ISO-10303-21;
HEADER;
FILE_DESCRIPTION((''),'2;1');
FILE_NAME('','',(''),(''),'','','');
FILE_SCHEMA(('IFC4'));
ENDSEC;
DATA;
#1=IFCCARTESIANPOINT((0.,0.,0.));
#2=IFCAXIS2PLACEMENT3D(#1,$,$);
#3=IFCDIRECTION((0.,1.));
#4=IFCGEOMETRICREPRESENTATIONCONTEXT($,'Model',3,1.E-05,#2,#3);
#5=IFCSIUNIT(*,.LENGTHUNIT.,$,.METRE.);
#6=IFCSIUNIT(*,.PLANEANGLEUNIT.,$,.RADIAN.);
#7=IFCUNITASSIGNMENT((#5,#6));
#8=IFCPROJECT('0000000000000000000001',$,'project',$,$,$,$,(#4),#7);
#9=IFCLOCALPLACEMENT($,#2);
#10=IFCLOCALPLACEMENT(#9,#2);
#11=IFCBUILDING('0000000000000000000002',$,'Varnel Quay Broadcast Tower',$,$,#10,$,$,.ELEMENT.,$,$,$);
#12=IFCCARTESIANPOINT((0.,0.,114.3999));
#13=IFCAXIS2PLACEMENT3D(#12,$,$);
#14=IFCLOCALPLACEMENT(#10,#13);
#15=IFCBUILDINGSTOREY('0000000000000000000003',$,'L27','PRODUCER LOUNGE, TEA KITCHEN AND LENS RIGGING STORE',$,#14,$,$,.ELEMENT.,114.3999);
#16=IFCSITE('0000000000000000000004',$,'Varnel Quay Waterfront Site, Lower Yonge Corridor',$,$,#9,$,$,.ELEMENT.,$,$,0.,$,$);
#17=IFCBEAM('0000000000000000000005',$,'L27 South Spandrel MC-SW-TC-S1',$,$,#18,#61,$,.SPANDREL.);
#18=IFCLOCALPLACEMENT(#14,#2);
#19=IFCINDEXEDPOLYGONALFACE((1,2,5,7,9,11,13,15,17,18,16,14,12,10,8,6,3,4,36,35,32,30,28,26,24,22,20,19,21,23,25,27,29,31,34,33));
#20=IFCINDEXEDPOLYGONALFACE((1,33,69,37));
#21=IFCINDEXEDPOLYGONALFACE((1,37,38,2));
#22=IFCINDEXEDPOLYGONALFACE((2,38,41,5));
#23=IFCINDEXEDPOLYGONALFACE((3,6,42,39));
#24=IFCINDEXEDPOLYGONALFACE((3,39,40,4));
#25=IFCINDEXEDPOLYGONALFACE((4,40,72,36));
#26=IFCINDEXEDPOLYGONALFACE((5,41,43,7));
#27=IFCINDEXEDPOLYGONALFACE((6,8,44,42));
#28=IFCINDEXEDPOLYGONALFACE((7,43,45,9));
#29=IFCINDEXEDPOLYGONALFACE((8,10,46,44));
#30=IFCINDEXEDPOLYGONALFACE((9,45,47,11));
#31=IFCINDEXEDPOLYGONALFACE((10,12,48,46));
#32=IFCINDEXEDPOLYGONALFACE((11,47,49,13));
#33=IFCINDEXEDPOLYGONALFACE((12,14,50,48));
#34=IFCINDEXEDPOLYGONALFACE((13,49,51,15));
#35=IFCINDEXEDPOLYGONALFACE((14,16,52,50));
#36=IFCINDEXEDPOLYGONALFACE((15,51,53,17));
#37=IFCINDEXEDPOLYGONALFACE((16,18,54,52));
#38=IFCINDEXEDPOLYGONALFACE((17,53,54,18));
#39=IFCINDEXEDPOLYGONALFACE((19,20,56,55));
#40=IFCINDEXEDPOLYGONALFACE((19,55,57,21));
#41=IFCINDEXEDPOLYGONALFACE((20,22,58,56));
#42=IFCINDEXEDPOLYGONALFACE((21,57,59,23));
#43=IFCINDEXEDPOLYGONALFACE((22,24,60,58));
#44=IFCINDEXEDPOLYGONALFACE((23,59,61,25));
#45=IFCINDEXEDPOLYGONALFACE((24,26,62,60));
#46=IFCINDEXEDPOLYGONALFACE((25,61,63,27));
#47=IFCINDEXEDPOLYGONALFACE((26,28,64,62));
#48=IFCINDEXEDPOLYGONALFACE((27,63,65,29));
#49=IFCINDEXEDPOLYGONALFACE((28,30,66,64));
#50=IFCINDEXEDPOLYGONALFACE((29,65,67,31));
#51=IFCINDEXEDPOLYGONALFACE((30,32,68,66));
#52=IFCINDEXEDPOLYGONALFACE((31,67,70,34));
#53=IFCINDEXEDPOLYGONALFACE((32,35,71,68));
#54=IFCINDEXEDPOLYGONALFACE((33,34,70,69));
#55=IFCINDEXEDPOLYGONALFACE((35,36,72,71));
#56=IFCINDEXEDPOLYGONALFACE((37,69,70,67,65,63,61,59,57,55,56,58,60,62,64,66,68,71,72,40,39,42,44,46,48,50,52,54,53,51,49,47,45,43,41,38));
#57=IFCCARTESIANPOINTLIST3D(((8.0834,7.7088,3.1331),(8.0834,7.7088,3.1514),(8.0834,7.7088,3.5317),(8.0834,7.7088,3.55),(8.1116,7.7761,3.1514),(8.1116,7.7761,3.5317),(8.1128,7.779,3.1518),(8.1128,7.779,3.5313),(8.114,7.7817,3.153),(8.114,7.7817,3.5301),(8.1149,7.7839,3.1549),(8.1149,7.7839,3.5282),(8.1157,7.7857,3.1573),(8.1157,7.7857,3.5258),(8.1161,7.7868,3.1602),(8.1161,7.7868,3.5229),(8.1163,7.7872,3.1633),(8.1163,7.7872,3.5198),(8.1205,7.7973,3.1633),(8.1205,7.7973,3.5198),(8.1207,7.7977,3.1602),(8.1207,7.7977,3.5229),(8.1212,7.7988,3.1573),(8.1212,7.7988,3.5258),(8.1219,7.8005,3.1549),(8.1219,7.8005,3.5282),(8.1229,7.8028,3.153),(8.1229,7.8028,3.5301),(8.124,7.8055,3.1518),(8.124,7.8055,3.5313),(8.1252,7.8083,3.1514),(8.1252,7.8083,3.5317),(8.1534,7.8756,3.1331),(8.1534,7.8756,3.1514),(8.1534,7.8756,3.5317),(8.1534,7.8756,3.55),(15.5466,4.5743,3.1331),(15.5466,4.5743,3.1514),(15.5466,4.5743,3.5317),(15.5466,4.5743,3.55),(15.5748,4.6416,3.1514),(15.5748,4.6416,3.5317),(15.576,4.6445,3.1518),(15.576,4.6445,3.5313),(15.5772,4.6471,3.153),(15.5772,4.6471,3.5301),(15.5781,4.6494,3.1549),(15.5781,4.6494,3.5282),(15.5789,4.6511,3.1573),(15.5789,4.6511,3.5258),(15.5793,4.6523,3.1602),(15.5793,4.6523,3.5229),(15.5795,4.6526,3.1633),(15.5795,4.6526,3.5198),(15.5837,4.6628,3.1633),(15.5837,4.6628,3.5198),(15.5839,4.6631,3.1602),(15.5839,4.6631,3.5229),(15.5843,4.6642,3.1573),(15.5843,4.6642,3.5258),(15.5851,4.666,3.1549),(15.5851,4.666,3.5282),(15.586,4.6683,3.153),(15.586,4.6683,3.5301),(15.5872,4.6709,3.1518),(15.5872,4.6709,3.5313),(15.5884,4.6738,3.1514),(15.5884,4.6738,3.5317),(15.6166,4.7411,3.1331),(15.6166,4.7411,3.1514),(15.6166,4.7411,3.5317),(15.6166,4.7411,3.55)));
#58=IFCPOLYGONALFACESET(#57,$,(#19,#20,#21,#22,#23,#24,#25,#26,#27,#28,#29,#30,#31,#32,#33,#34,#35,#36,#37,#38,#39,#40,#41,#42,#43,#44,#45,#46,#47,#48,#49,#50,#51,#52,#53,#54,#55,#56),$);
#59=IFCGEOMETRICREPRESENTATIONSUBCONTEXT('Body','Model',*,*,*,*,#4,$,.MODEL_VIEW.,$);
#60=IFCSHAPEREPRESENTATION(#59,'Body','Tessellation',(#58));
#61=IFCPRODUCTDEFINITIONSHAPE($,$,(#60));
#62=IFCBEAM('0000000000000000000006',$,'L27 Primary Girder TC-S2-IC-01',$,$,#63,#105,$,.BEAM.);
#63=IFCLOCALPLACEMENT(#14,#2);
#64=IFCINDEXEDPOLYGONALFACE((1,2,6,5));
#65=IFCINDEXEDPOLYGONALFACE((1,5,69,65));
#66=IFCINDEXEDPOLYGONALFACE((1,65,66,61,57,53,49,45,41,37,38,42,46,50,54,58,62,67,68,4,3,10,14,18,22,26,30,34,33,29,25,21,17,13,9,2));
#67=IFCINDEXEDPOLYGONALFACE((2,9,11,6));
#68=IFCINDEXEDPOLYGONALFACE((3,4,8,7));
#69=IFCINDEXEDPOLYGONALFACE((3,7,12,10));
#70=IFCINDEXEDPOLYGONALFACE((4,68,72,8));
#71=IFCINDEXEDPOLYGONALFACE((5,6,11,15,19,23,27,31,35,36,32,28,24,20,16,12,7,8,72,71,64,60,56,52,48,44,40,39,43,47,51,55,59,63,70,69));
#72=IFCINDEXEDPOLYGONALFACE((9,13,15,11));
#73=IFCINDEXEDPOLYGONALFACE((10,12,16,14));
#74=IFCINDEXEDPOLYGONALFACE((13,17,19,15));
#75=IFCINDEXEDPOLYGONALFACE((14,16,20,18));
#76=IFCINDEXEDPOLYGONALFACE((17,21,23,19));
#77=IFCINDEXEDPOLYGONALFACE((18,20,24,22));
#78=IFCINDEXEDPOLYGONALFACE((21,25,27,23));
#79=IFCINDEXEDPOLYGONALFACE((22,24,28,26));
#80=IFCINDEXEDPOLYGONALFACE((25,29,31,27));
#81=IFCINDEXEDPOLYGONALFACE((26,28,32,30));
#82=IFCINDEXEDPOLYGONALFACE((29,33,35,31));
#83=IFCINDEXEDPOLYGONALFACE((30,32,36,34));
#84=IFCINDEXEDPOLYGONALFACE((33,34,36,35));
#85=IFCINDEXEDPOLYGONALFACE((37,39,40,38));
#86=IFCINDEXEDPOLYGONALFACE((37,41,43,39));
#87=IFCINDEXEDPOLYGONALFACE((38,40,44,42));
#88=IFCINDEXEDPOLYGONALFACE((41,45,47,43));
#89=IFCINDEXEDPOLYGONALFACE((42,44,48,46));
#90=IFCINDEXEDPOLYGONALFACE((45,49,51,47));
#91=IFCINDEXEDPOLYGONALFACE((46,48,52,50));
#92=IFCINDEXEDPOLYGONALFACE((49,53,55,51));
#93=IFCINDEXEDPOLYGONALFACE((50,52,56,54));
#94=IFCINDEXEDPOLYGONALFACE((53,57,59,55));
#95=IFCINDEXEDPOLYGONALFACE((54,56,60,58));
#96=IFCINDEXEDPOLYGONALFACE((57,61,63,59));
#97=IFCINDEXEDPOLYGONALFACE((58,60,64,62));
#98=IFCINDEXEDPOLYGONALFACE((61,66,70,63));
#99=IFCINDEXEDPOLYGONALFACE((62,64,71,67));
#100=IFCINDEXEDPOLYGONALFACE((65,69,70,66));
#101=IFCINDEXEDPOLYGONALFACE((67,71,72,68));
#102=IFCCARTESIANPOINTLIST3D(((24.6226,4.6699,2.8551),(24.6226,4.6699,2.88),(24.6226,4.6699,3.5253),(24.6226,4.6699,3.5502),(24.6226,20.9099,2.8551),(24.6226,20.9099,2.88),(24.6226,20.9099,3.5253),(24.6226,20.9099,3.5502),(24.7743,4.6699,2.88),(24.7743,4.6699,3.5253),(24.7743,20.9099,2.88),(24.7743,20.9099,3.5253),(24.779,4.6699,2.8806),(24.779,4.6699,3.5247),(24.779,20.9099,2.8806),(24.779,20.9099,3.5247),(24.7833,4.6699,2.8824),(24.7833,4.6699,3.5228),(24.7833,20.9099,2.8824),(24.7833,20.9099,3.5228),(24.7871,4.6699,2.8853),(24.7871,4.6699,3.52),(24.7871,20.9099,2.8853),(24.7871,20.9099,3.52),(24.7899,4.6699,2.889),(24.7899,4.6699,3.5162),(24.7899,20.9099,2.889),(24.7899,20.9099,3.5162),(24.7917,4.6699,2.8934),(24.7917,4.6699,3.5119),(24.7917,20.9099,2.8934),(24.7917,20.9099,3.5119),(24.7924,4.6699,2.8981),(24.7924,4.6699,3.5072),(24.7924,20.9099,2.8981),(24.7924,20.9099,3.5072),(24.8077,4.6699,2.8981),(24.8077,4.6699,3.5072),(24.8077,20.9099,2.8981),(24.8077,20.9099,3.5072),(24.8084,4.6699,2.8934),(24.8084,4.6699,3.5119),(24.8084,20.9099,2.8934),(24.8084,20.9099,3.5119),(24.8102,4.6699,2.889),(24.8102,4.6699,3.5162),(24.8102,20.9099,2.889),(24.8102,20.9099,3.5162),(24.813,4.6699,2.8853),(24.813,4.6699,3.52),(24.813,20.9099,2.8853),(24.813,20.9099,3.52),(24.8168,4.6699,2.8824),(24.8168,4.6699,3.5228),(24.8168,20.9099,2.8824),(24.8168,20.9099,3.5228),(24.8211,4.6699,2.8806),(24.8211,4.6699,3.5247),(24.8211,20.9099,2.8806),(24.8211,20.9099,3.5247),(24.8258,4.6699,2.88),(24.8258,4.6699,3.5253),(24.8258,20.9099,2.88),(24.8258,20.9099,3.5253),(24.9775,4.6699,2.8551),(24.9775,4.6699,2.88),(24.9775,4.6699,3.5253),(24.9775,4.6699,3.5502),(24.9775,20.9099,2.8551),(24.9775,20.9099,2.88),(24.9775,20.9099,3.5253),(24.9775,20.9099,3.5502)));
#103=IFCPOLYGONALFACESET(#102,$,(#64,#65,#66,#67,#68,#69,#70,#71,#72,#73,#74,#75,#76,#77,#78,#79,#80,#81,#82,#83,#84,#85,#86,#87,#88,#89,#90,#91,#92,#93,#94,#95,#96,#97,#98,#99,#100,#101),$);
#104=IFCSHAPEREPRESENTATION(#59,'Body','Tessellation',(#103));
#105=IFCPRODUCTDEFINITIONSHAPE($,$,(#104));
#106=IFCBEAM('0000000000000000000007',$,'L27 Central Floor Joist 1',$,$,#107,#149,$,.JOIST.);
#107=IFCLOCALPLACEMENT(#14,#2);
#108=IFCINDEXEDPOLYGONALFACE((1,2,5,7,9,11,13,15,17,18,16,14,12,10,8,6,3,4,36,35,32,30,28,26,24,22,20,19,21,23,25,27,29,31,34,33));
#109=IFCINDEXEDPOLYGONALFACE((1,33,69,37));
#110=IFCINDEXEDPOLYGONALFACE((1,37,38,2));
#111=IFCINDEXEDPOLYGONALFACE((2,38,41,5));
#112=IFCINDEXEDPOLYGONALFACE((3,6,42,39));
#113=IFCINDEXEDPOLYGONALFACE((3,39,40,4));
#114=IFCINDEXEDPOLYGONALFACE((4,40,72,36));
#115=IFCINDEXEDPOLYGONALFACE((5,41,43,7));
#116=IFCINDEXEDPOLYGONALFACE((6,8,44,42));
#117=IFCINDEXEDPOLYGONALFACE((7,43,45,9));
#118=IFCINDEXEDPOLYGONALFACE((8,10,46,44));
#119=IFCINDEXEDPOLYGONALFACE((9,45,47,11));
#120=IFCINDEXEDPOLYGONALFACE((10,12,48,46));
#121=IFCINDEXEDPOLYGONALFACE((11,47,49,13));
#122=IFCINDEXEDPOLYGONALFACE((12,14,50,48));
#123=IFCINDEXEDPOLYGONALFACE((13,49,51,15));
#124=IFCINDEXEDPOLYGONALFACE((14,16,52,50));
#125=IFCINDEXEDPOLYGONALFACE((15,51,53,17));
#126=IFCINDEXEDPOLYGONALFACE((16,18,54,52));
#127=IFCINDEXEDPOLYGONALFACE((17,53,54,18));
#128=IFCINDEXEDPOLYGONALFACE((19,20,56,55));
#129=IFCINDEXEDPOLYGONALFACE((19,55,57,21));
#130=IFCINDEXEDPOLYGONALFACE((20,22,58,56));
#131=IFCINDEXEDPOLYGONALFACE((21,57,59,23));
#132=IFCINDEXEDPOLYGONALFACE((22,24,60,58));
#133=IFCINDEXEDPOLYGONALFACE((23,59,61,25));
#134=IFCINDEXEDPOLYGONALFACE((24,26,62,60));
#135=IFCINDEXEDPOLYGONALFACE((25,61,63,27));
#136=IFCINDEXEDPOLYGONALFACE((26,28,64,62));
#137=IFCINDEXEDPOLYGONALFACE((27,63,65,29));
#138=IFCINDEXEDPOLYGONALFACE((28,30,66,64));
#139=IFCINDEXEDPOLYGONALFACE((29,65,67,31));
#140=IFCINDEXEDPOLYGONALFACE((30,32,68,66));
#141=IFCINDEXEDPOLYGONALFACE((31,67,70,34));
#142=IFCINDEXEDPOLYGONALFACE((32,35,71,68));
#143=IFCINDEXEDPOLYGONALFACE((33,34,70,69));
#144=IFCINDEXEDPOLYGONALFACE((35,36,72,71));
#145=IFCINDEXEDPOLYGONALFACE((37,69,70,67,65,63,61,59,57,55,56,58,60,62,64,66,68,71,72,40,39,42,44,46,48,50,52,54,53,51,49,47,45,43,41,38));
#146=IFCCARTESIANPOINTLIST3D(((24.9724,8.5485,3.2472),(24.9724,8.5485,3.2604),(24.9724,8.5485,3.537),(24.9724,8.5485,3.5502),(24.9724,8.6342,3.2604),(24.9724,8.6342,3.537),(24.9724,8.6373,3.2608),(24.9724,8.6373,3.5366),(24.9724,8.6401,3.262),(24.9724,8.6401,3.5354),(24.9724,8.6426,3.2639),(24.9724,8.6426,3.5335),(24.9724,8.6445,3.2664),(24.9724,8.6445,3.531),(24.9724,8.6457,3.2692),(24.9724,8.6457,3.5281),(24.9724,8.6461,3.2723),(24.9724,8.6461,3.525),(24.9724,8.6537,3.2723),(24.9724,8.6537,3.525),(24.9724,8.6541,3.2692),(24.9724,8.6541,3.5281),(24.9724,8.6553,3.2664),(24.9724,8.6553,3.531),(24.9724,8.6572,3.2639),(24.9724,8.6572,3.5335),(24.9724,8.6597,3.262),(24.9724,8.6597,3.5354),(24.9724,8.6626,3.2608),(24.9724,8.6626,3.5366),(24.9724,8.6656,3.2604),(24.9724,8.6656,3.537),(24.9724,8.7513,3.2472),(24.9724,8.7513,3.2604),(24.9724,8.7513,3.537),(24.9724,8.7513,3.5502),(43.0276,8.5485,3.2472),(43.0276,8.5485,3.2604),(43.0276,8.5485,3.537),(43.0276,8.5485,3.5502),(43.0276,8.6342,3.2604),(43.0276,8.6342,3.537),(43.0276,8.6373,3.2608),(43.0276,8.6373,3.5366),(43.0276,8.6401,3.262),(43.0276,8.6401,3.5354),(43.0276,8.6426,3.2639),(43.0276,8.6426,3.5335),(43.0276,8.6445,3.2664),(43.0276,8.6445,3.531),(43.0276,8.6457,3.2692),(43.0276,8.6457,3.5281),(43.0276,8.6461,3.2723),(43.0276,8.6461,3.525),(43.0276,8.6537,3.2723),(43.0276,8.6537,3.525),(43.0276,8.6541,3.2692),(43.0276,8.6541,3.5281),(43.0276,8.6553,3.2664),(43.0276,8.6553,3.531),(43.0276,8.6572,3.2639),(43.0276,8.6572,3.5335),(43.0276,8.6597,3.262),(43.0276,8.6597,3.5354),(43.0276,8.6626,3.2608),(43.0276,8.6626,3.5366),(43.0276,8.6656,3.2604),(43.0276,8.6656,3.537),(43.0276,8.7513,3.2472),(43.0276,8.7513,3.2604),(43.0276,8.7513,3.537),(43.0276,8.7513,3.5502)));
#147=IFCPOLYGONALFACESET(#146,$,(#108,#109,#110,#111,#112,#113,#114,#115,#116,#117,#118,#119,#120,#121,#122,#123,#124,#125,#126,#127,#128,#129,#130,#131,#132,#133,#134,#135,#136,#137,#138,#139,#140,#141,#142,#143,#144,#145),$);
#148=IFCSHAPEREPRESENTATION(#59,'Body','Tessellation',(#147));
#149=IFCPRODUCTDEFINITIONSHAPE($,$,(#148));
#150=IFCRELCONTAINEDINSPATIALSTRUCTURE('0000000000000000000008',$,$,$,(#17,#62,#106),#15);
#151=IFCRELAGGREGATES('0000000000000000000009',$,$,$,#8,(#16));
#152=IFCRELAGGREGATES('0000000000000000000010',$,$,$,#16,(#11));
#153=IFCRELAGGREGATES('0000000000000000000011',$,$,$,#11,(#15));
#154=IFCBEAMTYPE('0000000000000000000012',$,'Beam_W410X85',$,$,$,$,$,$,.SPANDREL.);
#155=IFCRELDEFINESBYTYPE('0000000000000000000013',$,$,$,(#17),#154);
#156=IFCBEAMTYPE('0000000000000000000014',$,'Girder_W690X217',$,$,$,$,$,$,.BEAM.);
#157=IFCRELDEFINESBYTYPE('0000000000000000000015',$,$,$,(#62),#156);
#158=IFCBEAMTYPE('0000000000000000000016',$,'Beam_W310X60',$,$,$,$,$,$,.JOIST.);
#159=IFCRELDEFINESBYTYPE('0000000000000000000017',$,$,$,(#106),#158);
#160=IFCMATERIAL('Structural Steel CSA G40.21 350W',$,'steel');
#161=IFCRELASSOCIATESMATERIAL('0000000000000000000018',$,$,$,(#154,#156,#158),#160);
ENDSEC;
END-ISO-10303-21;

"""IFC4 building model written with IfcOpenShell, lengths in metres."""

from ifc_helpers import new_model, si_unit, direction, frame, origin, origin_2d, place, context, subcontext, project, spatial, i_section, extrude, source, transform, mapped, material, material_profile, profile_set, type_object, type_shapes, element, save


model = new_model("IFC4")

# Units and contexts
model_context = context("Model", 3, precision=1e-05, world=origin(), true_north=direction((0.0, 1.0)))
body_context = subcontext(model_context, "Body", "Model", "MODEL_VIEW")
ifc_project = project(units=[si_unit("LENGTHUNIT", "METRE"), si_unit("PLANEANGLEUNIT", "RADIAN")], contexts=[model_context])

# Site, building, storey
site_placement = place(None, origin())
site = spatial("IfcSite", under=ifc_project, at=site_placement, Name="Varnel Quay Waterfront Site, Lower Yonge Corridor", CompositionType="ELEMENT", RefElevation=0.0)
building_placement = place(site_placement, origin())
building = spatial("IfcBuilding", under=site, at=building_placement, Name="Varnel Quay Broadcast Tower", CompositionType="ELEMENT")
storey_placement = place(building_placement, frame((0.0, 0.0, 114.3999)))
storey = spatial("IfcBuildingStorey", under=building, at=storey_placement, Name="L27", Description="PRODUCER LOUNGE, TEA KITCHEN AND LENS RIGGING STORE", CompositionType="ELEMENT", Elevation=114.3999)

# Shared definitions
ifc_material_1 = material(Name="Structural Steel CSA G40.21 350W", Category="steel")

# Beams
ifc_material_profile_1 = material_profile(ifc_material_1, i_section(OverallWidth=0.1809, OverallDepth=0.417, WebThickness=0.011, FlangeThickness=0.0183, FilletRadius=0.012, at=origin_2d()), Name="W410X85")
ifc_profile_set_1 = profile_set([ifc_material_profile_1], Name="Structural Steel CSA G40.21 350W")
beam_type_1 = type_object("IfcBeamType", Name="Beam_W410X85", PredefinedType="SPANDREL", material=ifc_profile_set_1)
shared_shape_1 = source(origin(), body_context, "Body", "SweptSolid", [
    extrude(i_section(OverallWidth=0.1809, OverallDepth=0.417, WebThickness=0.011, FlangeThickness=0.0183, FilletRadius=0.012, at=origin_2d()), origin(), (0.0, 0.0, 1.0), 8.0947),
])
beam_1_placement = place(storey_placement, frame((8.1184, 7.7922, 3.3416), z_axis=(0.921982, -0.387233, 0.0), x_axis=(0.387233, 0.921982, 0.0)))
element("IfcBeam", 1, at=beam_1_placement, inside=storey, type_object=beam_type_1, Name="L27 South Spandrel MC-SW-TC-S1", PredefinedType="SPANDREL", context=body_context, shape_type="MappedRepresentation", body=[
    mapped(shared_shape_1, transform((0.0, 0.0, 0.0), x_axis=(1.0, 0.0, 0.0), y_axis=(0.0, 1.0, 0.0), z_axis=(0.0, 0.0, 1.0), scale=1.0)),
])
ifc_material_profile_2 = material_profile(ifc_material_1, i_section(OverallWidth=0.355, OverallDepth=0.6951, WebThickness=0.0154, FlangeThickness=0.0249, FilletRadius=0.0181, at=origin_2d()), Name="W690X217")
ifc_profile_set_2 = profile_set([ifc_material_profile_2], Name="Structural Steel CSA G40.21 350W")
beam_type_2 = type_object("IfcBeamType", Name="Girder_W690X217", PredefinedType="BEAM", material=ifc_profile_set_2)
shared_shape_2 = source(origin(), body_context, "Body", "SweptSolid", [
    extrude(i_section(OverallWidth=0.355, OverallDepth=0.6951, WebThickness=0.0154, FlangeThickness=0.0249, FilletRadius=0.0181, at=origin_2d()), origin(), (0.0, 0.0, 1.0), 16.24),
])
type_shapes(beam_type_2, [shared_shape_2])
beam_2_placement = place(storey_placement, frame((24.8, 4.6699, 3.2026), z_axis=(0.0, 1.0, 0.0), x_axis=(-1.0, 0.0, 0.0)))
element("IfcBeam", 2, at=beam_2_placement, inside=storey, type_object=beam_type_2, Name="L27 Primary Girder TC-S2-IC-01", PredefinedType="BEAM", context=body_context, shape_type="MappedRepresentation", body=[
    mapped(shared_shape_2, transform((0.0, 0.0, 0.0), x_axis=(1.0, 0.0, 0.0), y_axis=(0.0, 1.0, 0.0), z_axis=(0.0, 0.0, 1.0), scale=1.0)),
])
ifc_material_profile_3 = material_profile(ifc_material_1, i_section(OverallWidth=0.2029, OverallDepth=0.303, WebThickness=0.0076, FlangeThickness=0.0132, FilletRadius=0.012, at=origin_2d()), Name="W310X60")
ifc_profile_set_3 = profile_set([ifc_material_profile_3], Name="Structural Steel CSA G40.21 350W")
beam_type_3 = type_object("IfcBeamType", Name="Beam_W310X60", PredefinedType="JOIST", material=ifc_profile_set_3)
shared_shape_3 = source(origin(), body_context, "Body", "SweptSolid", [
    extrude(i_section(OverallWidth=0.2029, OverallDepth=0.303, WebThickness=0.0076, FlangeThickness=0.0132, FilletRadius=0.012, at=origin_2d()), origin(), (0.0, 0.0, 1.0), 18.0552),
])
type_shapes(beam_type_3, [shared_shape_3])
beam_3_placement = place(storey_placement, frame((24.9724, 8.6499, 3.3987), z_axis=(1.0, 0.0, 0.0), x_axis=(0.0, 1.0, 0.0)))
element("IfcBeam", 3, at=beam_3_placement, inside=storey, type_object=beam_type_3, Name="L27 Central Floor Joist 1", PredefinedType="JOIST", context=body_context, shape_type="MappedRepresentation", body=[
    mapped(shared_shape_3, transform((0.0, 0.0, 0.0), x_axis=(1.0, 0.0, 0.0), y_axis=(0.0, 1.0, 0.0), z_axis=(0.0, 0.0, 1.0), scale=1.0)),
])

save(model, "model.ifc")
